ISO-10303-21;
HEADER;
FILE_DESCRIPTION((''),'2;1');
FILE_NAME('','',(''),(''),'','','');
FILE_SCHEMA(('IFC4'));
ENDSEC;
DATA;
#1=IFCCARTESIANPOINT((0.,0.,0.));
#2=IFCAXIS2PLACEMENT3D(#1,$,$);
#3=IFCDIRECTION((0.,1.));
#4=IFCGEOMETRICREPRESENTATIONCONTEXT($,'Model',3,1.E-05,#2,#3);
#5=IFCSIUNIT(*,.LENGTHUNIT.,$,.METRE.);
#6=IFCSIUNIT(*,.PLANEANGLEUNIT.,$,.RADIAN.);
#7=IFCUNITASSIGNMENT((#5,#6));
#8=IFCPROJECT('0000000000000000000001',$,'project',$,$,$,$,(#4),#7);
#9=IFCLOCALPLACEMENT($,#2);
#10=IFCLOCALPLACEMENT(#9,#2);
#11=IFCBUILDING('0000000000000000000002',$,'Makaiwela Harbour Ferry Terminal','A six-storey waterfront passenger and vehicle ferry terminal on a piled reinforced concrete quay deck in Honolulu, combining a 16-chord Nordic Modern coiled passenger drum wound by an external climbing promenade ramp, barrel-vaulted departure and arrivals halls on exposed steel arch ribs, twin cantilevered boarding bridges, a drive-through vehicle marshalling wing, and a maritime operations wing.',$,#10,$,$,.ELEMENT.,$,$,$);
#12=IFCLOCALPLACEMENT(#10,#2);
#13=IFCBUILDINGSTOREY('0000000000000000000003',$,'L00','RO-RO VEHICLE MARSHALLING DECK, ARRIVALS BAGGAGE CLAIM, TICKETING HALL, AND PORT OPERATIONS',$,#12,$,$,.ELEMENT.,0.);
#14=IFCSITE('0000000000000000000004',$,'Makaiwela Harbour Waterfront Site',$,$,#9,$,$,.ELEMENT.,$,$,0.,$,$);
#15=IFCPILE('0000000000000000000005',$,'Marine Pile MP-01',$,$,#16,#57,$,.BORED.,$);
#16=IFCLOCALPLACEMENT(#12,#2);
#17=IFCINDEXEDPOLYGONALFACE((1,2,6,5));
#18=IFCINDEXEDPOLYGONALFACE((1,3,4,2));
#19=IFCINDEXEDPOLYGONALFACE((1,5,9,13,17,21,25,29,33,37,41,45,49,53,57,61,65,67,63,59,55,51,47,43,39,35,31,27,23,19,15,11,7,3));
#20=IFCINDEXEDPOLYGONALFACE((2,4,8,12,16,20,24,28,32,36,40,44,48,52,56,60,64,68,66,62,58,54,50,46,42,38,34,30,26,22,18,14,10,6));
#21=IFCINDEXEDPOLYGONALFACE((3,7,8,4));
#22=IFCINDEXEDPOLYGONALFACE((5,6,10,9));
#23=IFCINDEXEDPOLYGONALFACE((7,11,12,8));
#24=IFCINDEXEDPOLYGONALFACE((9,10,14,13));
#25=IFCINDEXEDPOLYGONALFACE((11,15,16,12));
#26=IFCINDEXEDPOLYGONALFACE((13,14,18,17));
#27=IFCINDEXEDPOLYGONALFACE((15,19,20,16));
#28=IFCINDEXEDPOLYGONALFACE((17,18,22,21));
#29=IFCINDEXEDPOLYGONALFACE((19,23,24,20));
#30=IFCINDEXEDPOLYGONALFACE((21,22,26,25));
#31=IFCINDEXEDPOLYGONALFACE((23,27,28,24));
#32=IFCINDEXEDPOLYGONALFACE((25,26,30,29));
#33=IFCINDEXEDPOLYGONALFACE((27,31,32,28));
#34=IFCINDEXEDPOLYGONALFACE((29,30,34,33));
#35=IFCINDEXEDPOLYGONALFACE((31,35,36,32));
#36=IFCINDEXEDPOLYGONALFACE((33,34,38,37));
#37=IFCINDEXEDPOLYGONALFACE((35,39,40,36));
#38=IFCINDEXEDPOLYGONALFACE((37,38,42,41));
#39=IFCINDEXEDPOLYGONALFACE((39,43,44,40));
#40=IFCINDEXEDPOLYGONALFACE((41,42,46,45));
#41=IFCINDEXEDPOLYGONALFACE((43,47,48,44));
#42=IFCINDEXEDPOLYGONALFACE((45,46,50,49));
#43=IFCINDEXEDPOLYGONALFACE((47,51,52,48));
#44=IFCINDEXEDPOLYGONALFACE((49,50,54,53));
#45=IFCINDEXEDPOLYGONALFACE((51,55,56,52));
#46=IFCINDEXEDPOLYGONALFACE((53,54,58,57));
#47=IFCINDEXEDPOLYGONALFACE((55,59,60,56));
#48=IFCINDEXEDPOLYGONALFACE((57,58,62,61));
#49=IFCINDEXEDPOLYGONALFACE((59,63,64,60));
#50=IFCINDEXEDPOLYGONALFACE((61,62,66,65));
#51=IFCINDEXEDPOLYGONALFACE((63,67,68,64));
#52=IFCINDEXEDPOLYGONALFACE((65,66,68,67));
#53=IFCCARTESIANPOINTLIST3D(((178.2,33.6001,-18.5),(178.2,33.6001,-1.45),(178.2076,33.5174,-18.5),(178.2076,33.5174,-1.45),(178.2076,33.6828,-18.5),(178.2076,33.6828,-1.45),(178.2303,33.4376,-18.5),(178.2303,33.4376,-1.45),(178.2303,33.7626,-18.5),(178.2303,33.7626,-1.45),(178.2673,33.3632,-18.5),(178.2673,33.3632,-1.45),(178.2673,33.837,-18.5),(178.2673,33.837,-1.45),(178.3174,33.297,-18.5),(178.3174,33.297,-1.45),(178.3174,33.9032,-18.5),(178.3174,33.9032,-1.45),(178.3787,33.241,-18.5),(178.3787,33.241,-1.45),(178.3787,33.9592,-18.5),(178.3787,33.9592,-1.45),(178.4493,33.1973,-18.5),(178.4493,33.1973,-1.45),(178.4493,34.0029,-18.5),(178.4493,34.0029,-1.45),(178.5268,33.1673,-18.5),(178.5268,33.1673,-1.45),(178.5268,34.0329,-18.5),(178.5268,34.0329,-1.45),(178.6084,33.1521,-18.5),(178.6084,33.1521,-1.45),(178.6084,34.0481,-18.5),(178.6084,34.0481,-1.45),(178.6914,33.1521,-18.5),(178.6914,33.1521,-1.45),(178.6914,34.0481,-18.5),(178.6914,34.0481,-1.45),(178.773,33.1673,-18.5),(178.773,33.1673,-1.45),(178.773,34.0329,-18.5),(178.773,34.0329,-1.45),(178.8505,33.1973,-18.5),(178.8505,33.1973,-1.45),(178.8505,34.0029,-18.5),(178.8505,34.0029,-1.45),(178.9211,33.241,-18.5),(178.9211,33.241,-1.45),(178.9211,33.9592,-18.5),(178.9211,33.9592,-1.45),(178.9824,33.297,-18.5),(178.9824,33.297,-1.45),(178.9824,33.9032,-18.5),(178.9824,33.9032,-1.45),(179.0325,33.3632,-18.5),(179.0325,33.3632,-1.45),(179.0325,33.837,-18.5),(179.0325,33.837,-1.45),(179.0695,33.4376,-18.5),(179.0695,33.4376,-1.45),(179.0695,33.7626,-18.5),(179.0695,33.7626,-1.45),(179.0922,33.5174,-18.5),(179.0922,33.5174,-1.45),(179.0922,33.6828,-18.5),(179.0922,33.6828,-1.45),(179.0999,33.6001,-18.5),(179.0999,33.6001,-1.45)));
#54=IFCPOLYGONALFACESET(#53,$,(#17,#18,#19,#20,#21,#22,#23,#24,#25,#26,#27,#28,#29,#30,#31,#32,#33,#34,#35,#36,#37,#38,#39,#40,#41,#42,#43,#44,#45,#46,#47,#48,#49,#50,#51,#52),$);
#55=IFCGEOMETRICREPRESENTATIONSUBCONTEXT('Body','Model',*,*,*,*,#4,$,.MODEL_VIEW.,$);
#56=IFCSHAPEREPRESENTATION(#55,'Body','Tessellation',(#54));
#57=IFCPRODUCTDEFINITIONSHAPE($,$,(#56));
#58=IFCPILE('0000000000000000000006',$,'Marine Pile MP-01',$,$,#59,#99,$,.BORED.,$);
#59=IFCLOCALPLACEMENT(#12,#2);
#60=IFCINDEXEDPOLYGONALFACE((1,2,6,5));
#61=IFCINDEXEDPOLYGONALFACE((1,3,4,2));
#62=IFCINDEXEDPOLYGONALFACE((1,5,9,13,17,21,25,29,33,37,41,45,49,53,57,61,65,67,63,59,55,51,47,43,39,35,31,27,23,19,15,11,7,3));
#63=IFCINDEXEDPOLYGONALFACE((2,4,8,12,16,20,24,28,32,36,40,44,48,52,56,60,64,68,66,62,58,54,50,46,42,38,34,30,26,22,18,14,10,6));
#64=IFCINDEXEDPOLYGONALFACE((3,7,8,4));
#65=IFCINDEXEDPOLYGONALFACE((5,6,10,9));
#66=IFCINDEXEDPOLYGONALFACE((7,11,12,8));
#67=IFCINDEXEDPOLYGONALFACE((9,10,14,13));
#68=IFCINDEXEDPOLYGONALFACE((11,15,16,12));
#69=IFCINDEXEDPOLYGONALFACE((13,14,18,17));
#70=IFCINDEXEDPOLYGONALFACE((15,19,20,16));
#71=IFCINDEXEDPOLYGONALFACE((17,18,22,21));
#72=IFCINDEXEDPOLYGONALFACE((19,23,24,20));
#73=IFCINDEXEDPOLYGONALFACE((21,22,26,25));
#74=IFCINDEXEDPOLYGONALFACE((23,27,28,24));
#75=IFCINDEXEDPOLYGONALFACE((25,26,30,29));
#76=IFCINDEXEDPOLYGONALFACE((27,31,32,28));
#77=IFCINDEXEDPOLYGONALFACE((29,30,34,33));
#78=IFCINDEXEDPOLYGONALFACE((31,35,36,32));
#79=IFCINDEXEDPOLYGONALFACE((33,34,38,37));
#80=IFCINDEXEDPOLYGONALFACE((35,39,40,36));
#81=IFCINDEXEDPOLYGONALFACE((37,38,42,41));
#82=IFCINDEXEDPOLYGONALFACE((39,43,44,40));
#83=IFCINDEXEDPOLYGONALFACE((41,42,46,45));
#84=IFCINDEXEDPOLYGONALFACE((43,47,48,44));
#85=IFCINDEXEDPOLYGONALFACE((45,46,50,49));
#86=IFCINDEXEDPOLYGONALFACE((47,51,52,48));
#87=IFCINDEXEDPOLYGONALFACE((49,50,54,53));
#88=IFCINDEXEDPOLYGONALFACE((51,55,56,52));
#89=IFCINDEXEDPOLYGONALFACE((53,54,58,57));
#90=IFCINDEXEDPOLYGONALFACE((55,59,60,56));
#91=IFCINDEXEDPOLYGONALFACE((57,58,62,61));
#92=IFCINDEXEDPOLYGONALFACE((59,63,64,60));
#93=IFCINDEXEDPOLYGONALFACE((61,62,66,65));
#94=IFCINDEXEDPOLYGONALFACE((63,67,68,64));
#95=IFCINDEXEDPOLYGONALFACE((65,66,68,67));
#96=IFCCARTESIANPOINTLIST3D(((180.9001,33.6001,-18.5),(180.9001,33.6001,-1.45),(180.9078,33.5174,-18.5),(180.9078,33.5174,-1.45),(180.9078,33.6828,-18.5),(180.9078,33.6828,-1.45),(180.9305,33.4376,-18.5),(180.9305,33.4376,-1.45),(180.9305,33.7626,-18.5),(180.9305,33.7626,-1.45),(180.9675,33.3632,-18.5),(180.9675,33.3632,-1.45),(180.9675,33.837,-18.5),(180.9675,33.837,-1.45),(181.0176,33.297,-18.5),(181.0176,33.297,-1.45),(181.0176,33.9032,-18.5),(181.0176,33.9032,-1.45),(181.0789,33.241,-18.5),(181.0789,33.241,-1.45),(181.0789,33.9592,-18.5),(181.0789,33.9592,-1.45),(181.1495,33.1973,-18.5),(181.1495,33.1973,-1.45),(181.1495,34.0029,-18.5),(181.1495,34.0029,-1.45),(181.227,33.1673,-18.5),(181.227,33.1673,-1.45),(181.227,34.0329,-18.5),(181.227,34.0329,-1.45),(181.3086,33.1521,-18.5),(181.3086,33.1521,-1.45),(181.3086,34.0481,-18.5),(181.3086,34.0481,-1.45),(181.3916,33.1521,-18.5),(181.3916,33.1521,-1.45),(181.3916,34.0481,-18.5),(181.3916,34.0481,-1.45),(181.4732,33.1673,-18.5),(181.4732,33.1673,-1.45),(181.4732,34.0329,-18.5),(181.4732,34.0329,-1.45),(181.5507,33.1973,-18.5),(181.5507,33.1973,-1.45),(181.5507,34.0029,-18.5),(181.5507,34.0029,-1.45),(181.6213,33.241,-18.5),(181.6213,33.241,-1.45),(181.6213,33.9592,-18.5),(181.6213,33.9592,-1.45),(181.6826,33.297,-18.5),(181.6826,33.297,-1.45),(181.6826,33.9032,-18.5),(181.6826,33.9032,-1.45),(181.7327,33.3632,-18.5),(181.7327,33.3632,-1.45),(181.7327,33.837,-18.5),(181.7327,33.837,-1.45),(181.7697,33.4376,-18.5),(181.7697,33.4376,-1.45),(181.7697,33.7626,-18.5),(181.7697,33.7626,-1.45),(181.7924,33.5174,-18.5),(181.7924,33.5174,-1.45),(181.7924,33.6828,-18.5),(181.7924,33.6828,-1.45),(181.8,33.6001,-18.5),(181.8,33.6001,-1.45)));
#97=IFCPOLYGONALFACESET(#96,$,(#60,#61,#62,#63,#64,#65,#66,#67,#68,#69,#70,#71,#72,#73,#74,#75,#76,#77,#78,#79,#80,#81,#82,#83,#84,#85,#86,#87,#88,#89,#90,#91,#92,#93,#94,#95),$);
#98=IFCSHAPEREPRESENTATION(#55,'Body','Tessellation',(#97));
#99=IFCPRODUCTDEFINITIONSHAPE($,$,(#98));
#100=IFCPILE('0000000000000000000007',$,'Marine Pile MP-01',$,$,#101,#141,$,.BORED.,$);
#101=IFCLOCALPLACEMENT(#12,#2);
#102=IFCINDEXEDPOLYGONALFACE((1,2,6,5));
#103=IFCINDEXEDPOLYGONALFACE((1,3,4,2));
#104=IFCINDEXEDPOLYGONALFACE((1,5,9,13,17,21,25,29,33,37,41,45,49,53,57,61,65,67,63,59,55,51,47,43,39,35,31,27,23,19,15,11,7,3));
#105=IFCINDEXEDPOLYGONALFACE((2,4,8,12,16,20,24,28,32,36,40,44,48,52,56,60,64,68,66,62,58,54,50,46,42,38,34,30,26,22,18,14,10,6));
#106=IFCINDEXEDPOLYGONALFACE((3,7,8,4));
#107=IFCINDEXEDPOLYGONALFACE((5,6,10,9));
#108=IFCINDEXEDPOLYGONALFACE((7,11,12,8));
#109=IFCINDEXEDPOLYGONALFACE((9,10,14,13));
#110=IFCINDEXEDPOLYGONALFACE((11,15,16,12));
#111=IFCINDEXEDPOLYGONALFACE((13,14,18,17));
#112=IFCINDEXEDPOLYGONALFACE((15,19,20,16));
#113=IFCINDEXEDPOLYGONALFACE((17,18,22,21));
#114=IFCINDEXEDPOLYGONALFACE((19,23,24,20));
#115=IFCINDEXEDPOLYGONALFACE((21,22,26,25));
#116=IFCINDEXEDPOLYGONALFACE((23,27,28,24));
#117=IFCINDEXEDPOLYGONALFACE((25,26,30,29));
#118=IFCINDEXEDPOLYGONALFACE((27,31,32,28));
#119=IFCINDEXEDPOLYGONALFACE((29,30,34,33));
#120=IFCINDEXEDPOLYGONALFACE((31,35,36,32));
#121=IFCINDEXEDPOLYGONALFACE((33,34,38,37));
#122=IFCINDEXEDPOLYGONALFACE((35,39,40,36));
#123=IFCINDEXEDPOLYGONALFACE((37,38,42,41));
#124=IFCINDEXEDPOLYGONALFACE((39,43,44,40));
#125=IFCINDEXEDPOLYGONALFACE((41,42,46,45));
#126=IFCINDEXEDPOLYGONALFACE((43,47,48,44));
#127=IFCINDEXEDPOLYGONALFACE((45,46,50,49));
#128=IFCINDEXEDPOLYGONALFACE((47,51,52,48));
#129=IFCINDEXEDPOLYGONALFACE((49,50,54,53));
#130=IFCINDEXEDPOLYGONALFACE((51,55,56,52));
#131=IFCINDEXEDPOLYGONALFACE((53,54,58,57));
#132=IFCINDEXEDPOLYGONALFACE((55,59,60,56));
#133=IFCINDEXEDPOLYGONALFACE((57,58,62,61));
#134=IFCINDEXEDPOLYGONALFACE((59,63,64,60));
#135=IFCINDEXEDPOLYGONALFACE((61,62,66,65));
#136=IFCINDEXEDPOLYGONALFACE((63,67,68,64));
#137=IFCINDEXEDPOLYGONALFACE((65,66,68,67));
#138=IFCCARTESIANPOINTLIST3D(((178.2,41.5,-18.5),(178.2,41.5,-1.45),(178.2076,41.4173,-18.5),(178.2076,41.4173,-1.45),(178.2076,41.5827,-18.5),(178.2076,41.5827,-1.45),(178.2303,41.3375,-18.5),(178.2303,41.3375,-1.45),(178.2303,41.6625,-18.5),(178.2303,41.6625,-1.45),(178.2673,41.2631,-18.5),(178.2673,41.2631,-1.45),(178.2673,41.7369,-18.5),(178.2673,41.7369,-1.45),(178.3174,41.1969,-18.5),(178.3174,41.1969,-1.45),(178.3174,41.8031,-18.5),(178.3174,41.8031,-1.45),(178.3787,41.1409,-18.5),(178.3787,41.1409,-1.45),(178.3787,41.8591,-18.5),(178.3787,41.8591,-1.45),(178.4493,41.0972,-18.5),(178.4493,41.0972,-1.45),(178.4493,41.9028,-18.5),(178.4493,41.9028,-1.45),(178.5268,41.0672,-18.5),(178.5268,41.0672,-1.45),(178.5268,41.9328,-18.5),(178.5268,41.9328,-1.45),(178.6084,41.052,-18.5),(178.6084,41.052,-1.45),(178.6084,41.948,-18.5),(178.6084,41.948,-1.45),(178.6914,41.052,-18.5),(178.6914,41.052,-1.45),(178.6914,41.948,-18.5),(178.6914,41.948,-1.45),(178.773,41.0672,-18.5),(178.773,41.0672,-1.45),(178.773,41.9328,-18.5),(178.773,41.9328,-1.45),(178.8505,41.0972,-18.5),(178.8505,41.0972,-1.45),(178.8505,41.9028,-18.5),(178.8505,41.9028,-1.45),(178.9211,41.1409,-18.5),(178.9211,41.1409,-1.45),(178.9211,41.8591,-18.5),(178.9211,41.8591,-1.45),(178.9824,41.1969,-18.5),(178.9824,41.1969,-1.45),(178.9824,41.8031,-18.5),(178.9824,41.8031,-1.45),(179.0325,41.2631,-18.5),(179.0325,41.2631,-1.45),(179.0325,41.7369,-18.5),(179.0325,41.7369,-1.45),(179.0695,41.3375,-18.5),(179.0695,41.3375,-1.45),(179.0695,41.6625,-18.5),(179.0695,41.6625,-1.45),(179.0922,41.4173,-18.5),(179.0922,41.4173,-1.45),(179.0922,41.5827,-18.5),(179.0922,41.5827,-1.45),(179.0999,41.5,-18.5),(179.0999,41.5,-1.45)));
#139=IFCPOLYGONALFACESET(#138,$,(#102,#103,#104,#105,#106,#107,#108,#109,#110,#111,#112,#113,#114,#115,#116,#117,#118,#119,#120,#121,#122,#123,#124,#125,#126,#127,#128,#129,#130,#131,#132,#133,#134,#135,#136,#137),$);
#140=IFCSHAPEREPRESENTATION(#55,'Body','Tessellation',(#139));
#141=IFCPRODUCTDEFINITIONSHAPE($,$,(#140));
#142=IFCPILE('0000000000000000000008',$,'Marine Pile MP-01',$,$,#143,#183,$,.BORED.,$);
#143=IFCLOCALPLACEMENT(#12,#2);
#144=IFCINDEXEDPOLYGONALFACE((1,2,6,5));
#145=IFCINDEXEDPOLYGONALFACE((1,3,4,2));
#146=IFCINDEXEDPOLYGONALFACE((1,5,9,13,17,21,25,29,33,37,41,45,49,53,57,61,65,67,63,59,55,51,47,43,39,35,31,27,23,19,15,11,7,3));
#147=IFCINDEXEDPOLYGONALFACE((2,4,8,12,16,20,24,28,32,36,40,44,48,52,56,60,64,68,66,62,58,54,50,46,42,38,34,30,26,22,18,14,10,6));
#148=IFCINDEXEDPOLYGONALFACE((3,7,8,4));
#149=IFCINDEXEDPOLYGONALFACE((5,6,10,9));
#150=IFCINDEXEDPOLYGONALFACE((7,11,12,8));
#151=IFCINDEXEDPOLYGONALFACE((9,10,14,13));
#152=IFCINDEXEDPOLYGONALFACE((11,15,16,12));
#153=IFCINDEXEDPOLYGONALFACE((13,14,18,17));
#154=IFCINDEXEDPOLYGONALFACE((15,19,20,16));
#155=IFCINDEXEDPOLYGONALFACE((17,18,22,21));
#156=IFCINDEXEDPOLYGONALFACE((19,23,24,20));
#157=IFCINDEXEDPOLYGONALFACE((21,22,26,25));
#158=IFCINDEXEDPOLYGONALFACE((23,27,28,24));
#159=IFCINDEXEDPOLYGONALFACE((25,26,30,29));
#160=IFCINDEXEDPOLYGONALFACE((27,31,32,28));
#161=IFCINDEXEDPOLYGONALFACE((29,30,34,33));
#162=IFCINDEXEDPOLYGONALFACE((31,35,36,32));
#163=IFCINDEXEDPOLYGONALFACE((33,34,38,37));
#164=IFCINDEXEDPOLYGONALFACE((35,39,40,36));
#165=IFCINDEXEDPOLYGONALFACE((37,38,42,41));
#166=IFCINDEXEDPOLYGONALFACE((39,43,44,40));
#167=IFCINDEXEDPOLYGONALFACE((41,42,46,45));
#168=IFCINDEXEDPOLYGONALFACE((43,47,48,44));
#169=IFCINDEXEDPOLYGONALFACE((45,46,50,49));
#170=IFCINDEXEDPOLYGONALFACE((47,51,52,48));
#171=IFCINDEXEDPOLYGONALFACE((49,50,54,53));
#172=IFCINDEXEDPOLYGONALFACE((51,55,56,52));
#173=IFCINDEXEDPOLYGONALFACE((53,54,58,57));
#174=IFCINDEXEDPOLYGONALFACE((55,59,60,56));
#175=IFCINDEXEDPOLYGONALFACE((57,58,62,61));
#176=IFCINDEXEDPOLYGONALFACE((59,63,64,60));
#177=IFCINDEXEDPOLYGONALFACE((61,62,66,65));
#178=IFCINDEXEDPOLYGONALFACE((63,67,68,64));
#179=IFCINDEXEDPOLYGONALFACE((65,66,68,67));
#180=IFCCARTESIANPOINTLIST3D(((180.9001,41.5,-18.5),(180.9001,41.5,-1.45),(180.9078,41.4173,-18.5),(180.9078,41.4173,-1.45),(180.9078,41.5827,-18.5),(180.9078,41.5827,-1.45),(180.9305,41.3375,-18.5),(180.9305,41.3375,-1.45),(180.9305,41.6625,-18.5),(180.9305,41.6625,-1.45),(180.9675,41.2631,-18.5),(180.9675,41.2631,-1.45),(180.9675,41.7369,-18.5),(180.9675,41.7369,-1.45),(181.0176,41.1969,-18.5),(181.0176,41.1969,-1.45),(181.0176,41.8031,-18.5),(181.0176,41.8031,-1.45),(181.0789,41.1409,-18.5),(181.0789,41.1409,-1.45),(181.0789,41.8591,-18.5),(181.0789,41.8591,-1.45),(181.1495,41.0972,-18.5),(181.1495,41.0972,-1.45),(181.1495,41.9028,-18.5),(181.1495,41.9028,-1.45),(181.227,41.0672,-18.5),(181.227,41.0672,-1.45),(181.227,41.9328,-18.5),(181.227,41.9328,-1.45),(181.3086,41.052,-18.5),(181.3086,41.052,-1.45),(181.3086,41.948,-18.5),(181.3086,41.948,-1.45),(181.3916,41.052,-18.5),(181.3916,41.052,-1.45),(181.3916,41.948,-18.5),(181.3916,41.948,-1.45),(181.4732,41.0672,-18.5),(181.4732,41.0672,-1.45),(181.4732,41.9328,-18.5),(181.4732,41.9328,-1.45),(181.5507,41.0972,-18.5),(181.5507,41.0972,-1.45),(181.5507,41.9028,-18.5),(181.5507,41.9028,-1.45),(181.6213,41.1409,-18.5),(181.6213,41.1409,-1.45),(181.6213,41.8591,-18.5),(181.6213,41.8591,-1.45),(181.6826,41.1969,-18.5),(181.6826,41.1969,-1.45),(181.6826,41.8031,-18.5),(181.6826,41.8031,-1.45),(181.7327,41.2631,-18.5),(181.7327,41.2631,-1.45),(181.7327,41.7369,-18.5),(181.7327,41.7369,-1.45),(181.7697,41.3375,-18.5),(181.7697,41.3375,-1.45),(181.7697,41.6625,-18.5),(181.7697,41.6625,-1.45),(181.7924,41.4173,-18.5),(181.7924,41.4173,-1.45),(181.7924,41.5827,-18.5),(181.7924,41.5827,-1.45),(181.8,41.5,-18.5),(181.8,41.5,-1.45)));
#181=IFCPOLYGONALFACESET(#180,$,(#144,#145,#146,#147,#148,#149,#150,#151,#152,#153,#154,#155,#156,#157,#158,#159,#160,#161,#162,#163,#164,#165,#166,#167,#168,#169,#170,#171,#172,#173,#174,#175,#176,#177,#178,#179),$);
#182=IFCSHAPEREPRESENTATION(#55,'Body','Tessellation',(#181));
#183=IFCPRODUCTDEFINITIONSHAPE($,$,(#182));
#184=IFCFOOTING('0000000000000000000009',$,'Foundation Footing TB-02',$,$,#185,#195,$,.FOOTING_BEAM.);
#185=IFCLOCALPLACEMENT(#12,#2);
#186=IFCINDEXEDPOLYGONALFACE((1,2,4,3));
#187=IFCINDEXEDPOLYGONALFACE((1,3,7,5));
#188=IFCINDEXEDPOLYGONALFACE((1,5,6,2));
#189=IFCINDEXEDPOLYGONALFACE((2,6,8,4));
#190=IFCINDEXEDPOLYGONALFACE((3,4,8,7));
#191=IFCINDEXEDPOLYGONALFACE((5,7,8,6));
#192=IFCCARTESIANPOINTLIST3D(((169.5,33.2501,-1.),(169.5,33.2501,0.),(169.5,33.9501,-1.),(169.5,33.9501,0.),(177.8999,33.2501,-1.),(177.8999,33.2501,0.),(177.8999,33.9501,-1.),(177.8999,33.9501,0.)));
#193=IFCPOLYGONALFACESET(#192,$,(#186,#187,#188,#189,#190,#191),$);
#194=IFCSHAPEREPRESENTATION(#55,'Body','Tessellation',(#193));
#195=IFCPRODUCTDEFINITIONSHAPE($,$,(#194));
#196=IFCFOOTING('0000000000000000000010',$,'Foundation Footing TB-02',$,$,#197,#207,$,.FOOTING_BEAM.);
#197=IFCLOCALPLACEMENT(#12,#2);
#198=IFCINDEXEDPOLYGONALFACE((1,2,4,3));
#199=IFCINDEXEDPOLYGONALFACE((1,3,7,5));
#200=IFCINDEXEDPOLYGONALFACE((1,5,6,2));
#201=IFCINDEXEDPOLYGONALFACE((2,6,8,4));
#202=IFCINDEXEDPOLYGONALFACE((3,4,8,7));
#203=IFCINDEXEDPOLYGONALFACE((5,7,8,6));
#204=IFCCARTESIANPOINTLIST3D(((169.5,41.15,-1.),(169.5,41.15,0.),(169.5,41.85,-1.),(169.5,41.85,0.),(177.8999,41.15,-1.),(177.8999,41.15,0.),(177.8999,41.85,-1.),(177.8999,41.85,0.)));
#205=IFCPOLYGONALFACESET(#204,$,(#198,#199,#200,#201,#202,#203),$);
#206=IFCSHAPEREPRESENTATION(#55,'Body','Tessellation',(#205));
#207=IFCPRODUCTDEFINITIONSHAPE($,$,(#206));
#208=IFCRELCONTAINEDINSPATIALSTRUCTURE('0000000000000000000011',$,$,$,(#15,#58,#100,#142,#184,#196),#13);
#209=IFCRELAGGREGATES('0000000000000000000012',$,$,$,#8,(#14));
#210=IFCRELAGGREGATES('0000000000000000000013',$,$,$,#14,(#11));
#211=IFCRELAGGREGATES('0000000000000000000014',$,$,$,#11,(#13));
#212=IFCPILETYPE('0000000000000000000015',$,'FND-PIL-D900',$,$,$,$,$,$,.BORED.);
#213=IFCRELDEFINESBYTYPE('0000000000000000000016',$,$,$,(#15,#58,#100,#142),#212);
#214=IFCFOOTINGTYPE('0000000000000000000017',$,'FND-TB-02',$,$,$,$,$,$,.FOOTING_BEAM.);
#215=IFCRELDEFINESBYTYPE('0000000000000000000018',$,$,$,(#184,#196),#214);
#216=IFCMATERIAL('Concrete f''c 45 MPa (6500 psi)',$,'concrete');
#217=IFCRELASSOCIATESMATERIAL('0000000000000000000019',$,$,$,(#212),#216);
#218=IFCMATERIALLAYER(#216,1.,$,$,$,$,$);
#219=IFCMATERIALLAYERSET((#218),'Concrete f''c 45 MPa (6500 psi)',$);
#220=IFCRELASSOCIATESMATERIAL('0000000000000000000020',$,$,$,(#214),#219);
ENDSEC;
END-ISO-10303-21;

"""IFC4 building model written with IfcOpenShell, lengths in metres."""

from ifc_helpers import new_model, si_unit, direction, frame, origin, origin_2d, place, context, subcontext, project, spatial, rectangle, circle, extrude, material, layer, layer_set, material_profile, profile_set, type_object, element, save


model = new_model("IFC4")

# Units and contexts
model_context = context("Model", 3, precision=1e-05, world=origin(), true_north=direction((0.0, 1.0)))
body_context = subcontext(model_context, "Body", "Model", "MODEL_VIEW")
ifc_project = project(units=[si_unit("LENGTHUNIT", "METRE"), si_unit("PLANEANGLEUNIT", "RADIAN")], contexts=[model_context])

# Site, building, storey
site_placement = place(None, origin())
site = spatial("IfcSite", under=ifc_project, at=site_placement, Name="Makaiwela Harbour Waterfront Site", CompositionType="ELEMENT", RefElevation=0.0)
building_placement = place(site_placement, origin())
building = spatial("IfcBuilding", under=site, at=building_placement, Name="Makaiwela Harbour Ferry Terminal", Description="A six-storey waterfront passenger and vehicle ferry terminal on a piled reinforced concrete quay deck in Honolulu, combining a 16-chord Nordic Modern coiled passenger drum wound by an external climbing promenade ramp, barrel-vaulted departure and arrivals halls on exposed steel arch ribs, twin cantilevered boarding bridges, a drive-through vehicle marshalling wing, and a maritime operations wing.", CompositionType="ELEMENT")
storey_placement = place(building_placement, origin())
storey = spatial("IfcBuildingStorey", under=building, at=storey_placement, Name="L00", Description="RO-RO VEHICLE MARSHALLING DECK, ARRIVALS BAGGAGE CLAIM, TICKETING HALL, AND PORT OPERATIONS", CompositionType="ELEMENT", Elevation=0.0)

# Shared definitions
ifc_material_1 = material(Name="Concrete f'c 45 MPa (6500 psi)", Category="concrete")

# Piles
ifc_material_profile_1 = material_profile(ifc_material_1, circle(Radius=0.45, at=origin_2d()), Name="PILE-D900")
ifc_profile_set_1 = profile_set([ifc_material_profile_1], Name="Concrete f'c 45 MPa (6500 psi)")
pile_type = type_object("IfcPileType", Name="FND-PIL-D900", PredefinedType="BORED", material=ifc_profile_set_1)
for number, where, z_axis, x_axis, name in (
    (1, (178.6499, 33.6001, -1.45), (0.0, 0.0, -1.0), (1.0, 0.0, 0.0), "Marine Pile MP-01"),
    (2, (181.3501, 33.6001, -1.45), (0.0, 0.0, -1.0), (1.0, 0.0, 0.0), "Marine Pile MP-01"),
    (3, (178.6499, 41.5, -1.45), (0.0, 0.0, -1.0), (1.0, 0.0, 0.0), "Marine Pile MP-01"),
    (4, (181.3501, 41.5, -1.45), (0.0, 0.0, -1.0), (1.0, 0.0, 0.0), "Marine Pile MP-01"),
):
    element("IfcPile", number, at=place(storey_placement, frame(where, z_axis=z_axis, x_axis=x_axis)), inside=storey, type_object=pile_type, Name=name, PredefinedType="BORED", context=body_context, shape_type="SweptSolid", body=[
        extrude(circle(Radius=0.45, at=origin_2d()), origin(), (0.0, 0.0, 1.0), 17.05),
    ])

# Footings
ifc_layer_1 = layer(ifc_material_1, 1.0)
ifc_layer_set_1 = layer_set([ifc_layer_1], Name="Concrete f'c 45 MPa (6500 psi)")
footing_type_1 = type_object("IfcFootingType", Name="FND-TB-02", PredefinedType="FOOTING_BEAM", material=ifc_layer_set_1)
for number, where, z_axis, x_axis, name in (
    (5, (173.7, 33.6001, -1.0), (0.0, 0.0, 1.0), (1.0, 0.0, 0.0), "Foundation Footing TB-02"),
    (6, (173.7, 41.5, -1.0), (0.0, 0.0, 1.0), (1.0, 0.0, 0.0), "Foundation Footing TB-02"),
):
    element("IfcFooting", number, at=place(storey_placement, frame(where, z_axis=z_axis, x_axis=x_axis)), inside=storey, type_object=footing_type_1, Name=name, PredefinedType="FOOTING_BEAM", context=body_context, shape_type="SweptSolid", body=[
        extrude(rectangle(XDim=8.3999, YDim=0.7, at=origin_2d()), origin(), (0.0, 0.0, 1.0), 1.0),
    ])

save(model, "model.ifc")
